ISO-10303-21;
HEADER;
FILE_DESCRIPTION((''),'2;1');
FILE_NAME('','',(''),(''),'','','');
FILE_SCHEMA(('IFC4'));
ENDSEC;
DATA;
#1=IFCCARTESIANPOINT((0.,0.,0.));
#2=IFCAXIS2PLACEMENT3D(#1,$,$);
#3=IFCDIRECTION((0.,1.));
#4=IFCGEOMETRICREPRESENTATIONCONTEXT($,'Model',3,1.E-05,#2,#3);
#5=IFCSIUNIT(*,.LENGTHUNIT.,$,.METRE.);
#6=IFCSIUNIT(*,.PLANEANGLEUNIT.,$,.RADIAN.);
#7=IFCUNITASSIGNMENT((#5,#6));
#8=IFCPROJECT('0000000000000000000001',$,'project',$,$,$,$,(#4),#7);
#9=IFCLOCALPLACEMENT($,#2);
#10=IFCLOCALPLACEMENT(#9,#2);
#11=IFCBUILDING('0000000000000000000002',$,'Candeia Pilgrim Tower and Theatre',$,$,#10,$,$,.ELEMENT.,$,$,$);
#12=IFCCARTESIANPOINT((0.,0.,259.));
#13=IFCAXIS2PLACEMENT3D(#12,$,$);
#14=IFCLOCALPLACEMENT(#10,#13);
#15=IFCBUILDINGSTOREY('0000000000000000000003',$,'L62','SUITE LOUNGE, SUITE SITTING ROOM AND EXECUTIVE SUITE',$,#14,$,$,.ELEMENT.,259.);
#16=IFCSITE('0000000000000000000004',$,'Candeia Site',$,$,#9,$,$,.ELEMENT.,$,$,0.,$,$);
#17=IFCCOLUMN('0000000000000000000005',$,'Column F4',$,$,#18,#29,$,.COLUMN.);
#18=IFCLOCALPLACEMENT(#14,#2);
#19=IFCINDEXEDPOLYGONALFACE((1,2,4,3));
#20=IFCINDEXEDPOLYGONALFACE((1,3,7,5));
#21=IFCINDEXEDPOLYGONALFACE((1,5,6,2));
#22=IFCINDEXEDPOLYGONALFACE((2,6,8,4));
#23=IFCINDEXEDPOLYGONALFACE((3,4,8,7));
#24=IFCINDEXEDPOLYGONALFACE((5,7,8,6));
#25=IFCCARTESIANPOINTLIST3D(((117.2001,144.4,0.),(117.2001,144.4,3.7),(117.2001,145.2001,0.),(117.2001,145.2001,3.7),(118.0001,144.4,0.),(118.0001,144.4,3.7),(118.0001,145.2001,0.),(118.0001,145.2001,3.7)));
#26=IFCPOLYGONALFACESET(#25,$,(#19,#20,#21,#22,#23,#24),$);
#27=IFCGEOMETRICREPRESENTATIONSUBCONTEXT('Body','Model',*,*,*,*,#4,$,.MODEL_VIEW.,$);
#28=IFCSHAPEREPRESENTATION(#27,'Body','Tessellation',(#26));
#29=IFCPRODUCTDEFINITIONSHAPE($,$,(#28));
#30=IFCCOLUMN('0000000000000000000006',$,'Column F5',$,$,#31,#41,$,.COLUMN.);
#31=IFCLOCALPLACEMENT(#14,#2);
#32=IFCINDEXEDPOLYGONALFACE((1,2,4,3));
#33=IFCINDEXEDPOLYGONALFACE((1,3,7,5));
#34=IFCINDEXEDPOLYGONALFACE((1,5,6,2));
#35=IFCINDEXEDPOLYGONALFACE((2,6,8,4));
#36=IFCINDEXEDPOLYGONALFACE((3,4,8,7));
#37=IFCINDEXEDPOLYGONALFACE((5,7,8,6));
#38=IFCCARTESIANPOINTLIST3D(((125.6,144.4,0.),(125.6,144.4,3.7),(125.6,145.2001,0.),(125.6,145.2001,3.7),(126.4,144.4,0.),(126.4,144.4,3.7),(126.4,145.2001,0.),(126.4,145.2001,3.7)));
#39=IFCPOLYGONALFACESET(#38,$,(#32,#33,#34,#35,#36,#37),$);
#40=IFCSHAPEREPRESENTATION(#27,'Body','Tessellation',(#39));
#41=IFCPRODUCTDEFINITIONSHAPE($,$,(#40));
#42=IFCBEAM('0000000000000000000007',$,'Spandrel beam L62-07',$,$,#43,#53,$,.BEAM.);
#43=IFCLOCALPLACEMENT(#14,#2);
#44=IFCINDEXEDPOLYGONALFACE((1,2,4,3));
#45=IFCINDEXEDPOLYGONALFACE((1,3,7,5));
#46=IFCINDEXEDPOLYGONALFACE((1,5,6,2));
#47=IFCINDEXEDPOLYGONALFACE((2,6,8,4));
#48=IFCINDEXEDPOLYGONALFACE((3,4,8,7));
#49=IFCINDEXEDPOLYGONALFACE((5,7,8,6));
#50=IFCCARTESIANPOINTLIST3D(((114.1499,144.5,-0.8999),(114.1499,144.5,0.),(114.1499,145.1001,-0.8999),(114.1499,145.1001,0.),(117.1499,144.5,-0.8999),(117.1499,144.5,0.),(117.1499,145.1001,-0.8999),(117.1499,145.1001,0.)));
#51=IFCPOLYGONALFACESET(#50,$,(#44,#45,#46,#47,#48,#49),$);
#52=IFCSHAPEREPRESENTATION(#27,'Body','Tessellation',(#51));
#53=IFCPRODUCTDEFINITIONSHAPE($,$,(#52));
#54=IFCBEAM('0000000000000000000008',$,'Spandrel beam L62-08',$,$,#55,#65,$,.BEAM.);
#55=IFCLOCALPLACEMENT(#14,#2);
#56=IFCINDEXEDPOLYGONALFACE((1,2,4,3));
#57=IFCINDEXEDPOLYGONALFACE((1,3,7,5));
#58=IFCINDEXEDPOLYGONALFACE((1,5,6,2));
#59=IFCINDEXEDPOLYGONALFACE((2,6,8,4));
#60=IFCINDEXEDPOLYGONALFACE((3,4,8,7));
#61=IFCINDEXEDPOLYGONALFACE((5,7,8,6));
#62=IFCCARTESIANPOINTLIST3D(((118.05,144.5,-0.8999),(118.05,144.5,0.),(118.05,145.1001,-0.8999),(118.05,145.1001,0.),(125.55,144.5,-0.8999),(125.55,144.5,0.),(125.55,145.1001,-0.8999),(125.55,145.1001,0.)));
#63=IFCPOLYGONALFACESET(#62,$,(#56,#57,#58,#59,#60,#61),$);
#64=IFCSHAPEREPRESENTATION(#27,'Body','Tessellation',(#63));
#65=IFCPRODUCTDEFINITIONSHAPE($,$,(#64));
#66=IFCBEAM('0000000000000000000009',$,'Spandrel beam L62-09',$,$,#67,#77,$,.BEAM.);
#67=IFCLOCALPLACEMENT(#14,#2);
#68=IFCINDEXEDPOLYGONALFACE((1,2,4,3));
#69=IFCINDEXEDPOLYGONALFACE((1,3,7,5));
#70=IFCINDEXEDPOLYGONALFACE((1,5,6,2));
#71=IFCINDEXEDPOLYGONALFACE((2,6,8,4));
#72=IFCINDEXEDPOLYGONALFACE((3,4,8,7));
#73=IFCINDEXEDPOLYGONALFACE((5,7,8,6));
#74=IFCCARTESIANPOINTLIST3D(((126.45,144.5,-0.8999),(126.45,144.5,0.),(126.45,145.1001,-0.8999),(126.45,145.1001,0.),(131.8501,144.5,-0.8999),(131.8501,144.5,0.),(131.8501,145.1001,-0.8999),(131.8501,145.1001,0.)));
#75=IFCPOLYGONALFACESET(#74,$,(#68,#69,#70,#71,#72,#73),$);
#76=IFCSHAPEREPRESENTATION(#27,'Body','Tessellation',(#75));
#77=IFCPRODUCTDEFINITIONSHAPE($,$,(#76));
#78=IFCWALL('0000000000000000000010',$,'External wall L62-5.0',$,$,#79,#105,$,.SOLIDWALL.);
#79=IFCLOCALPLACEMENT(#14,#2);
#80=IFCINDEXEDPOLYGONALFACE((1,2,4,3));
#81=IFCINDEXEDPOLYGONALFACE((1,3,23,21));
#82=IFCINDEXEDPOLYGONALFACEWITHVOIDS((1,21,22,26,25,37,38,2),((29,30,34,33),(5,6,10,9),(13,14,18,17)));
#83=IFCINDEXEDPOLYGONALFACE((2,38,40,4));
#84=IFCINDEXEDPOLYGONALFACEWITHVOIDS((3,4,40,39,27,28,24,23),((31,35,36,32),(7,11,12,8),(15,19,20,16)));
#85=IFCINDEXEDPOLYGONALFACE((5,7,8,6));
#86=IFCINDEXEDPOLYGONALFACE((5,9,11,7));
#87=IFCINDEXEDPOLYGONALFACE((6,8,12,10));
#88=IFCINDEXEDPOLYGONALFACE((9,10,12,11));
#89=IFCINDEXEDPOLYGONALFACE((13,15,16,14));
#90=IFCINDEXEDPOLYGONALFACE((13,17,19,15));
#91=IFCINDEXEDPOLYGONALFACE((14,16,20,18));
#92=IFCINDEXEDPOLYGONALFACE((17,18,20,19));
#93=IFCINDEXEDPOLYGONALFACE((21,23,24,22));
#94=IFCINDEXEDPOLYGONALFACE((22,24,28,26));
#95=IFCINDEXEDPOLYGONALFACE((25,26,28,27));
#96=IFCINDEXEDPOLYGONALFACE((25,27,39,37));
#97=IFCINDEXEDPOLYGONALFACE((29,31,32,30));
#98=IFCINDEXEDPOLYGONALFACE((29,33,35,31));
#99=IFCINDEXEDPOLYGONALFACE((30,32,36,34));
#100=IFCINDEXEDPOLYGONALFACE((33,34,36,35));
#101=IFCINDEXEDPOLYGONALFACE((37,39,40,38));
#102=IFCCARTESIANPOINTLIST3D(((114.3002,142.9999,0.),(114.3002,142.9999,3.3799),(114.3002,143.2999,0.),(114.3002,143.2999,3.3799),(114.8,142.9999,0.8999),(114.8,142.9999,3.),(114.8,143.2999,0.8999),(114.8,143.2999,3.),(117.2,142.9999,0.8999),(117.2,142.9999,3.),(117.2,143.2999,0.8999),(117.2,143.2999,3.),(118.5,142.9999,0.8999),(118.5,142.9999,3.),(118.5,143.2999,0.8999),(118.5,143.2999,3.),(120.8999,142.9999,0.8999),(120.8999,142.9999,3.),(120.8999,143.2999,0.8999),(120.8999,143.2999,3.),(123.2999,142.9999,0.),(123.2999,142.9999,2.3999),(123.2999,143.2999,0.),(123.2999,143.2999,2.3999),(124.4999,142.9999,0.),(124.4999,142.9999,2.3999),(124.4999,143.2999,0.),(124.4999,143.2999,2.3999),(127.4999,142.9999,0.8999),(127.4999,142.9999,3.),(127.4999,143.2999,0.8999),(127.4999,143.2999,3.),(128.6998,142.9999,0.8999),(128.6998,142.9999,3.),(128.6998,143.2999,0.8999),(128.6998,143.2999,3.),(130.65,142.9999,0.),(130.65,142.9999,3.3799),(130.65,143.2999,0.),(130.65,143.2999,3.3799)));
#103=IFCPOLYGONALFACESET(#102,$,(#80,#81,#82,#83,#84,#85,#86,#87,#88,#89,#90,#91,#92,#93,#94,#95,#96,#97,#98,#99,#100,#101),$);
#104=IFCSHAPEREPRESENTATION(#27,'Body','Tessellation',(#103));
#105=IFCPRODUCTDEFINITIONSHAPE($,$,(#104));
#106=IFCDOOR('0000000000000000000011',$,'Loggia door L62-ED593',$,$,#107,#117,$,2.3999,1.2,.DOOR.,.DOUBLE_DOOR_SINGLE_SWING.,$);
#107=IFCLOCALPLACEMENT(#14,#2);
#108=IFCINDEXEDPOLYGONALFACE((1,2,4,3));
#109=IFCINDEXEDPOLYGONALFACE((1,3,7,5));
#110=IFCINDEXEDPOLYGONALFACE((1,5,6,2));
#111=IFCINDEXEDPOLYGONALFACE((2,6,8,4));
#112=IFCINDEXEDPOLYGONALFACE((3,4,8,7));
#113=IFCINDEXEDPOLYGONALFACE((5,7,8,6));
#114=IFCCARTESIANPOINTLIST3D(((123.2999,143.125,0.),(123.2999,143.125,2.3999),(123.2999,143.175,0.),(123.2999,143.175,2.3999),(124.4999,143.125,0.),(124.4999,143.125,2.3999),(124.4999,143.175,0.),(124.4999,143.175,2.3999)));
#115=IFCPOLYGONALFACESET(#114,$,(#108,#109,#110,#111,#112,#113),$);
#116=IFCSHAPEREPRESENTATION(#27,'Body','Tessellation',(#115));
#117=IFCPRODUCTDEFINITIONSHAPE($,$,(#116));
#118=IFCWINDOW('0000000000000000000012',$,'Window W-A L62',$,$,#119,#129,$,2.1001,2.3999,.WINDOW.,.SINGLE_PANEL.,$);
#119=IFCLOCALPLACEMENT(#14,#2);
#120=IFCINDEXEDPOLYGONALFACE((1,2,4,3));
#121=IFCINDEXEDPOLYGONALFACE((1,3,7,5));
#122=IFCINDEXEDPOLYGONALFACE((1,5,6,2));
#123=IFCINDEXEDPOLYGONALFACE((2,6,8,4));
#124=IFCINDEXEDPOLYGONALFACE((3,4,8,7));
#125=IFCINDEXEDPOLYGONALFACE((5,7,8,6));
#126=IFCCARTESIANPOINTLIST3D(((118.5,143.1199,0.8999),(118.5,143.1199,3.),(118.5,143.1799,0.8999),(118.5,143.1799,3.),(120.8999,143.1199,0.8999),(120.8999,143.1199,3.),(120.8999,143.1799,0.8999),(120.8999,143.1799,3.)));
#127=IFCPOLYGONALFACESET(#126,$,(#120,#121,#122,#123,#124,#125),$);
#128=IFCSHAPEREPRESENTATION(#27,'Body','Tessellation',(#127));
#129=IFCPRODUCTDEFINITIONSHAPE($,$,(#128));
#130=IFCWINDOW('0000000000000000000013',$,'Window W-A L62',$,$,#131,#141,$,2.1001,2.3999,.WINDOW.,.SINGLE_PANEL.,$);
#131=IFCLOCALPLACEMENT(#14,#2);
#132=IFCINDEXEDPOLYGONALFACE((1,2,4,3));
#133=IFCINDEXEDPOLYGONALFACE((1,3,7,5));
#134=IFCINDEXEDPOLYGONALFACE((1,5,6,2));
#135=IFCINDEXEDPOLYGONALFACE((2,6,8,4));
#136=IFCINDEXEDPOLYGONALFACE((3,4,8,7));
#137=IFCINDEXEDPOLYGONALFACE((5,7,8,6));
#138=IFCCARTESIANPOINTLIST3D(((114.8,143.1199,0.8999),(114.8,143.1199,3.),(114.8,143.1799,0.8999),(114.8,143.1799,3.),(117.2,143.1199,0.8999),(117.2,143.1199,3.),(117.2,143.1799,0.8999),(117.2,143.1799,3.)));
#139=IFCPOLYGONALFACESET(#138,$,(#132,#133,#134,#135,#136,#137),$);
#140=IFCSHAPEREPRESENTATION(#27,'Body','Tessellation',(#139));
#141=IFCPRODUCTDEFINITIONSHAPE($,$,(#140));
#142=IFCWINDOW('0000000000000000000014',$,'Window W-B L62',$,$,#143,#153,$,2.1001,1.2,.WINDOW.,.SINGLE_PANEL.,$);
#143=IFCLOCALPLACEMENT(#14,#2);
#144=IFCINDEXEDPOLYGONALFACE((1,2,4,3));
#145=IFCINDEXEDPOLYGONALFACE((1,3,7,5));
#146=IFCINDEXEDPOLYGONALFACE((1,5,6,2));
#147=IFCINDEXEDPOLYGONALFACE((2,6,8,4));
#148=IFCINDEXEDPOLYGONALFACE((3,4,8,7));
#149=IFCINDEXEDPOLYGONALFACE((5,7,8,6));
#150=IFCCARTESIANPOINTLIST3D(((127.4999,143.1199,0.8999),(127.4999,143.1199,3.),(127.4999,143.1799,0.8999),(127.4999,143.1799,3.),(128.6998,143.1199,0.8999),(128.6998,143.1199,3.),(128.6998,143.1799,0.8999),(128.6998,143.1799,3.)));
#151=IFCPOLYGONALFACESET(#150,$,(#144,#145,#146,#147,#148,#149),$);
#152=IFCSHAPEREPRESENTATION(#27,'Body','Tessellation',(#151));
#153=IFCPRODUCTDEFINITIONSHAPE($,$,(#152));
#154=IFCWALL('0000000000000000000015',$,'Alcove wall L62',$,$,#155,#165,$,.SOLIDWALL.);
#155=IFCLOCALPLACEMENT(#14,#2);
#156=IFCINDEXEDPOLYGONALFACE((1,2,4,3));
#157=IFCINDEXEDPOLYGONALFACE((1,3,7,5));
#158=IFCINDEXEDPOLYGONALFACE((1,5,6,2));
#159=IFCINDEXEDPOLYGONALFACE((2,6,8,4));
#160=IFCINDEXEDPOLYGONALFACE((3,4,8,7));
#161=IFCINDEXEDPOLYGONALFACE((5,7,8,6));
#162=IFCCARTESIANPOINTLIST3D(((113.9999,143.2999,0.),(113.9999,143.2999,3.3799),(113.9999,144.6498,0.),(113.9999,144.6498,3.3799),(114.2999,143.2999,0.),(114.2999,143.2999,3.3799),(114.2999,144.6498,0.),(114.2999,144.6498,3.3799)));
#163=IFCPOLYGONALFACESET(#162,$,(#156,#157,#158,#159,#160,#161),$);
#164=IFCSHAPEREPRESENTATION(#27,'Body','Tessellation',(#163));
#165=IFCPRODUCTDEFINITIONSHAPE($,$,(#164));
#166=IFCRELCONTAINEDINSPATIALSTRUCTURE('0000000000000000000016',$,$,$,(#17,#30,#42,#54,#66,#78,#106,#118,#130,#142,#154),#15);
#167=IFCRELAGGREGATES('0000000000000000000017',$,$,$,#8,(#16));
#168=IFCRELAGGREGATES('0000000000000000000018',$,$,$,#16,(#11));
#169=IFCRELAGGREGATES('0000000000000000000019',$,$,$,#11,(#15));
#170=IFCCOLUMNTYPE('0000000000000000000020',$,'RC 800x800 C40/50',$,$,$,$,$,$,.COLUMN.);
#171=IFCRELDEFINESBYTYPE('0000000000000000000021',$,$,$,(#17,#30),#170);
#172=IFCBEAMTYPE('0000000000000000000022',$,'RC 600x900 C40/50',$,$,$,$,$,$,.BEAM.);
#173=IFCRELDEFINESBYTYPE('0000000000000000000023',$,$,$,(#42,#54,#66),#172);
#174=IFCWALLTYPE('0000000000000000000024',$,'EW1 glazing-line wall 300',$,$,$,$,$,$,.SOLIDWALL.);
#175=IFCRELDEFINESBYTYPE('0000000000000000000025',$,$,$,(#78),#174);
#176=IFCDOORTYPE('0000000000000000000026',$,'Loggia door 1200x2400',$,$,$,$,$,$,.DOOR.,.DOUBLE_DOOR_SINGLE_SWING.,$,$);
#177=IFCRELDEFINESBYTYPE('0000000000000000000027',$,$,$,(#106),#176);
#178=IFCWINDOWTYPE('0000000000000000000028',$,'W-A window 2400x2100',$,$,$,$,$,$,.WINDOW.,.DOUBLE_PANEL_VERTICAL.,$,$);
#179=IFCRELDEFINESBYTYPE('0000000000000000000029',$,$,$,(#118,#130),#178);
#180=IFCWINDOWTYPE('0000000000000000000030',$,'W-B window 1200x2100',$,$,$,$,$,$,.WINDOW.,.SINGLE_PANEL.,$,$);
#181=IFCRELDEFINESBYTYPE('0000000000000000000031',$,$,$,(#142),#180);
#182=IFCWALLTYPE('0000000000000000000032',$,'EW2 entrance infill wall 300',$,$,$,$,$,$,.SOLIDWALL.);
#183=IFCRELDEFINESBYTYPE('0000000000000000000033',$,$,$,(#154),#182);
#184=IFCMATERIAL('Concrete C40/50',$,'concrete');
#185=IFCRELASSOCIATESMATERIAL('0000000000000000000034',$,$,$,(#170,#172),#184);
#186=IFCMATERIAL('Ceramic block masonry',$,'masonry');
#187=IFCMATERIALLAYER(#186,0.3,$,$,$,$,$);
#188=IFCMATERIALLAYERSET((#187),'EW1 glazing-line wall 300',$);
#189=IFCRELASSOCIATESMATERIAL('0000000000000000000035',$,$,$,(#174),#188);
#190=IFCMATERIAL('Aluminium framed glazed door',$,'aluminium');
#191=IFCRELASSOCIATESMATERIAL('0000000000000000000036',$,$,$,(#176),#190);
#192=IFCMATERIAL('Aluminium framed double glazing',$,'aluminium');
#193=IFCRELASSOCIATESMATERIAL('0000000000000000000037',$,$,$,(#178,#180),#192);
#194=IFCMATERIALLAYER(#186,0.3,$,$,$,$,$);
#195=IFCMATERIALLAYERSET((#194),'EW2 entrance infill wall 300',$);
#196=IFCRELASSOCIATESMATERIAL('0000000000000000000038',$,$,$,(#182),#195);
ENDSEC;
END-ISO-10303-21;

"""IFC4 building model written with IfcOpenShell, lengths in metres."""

from ifc_helpers import new_model, si_unit, direction, frame, frame_2d, origin, origin_2d, place, context, subcontext, project, spatial, rectangle, extrude, material, layer, layer_set, material_profile, profile_set, type_object, element, fill, save


model = new_model("IFC4")

# Units and contexts
model_context = context("Model", 3, precision=1e-05, world=origin(), true_north=direction((0.0, 1.0)))
body_context = subcontext(model_context, "Body", "Model", "MODEL_VIEW")
ifc_project = project(units=[si_unit("LENGTHUNIT", "METRE"), si_unit("PLANEANGLEUNIT", "RADIAN")], contexts=[model_context])

# Site, building, storey
site_placement = place(None, origin())
site = spatial("IfcSite", under=ifc_project, at=site_placement, Name="Candeia Site", CompositionType="ELEMENT", RefElevation=0.0)
building_placement = place(site_placement, origin())
building = spatial("IfcBuilding", under=site, at=building_placement, Name="Candeia Pilgrim Tower and Theatre", CompositionType="ELEMENT")
storey_placement = place(building_placement, frame((0.0, 0.0, 259.0)))
storey = spatial("IfcBuildingStorey", under=building, at=storey_placement, Name="L62", Description="SUITE LOUNGE, SUITE SITTING ROOM AND EXECUTIVE SUITE", CompositionType="ELEMENT", Elevation=259.0)

# Columns
ifc_material_1 = material(Name="Concrete C40/50", Category="concrete")
ifc_material_profile_1 = material_profile(ifc_material_1, rectangle(XDim=0.8, YDim=0.8, at=origin_2d()))
ifc_profile_set_1 = profile_set([ifc_material_profile_1], Name="Concrete C40/50")
column_type = type_object("IfcColumnType", Name="RC 800x800 C40/50", PredefinedType="COLUMN", material=ifc_profile_set_1)
for number, where, z_axis, x_axis, name in (
    (1, (117.6001, 144.8, 0.0), (0.0, 0.0, 1.0), (1.0, 0.0, 0.0), "Column F4"),
    (2, (126.0, 144.8, 0.0), (0.0, 0.0, 1.0), (1.0, 0.0, 0.0), "Column F5"),
):
    element("IfcColumn", number, at=place(storey_placement, frame(where, z_axis=z_axis, x_axis=x_axis)), inside=storey, type_object=column_type, Name=name, PredefinedType="COLUMN", context=body_context, shape_type="SweptSolid", body=[
        extrude(rectangle(XDim=0.8, YDim=0.8, at=origin_2d()), origin(), (0.0, 0.0, 1.0), 3.7),
    ])

# Beams
ifc_material_profile_2 = material_profile(ifc_material_1, rectangle(XDim=0.6001, YDim=0.8999, at=origin_2d()))
ifc_profile_set_2 = profile_set([ifc_material_profile_2], Name="Concrete C40/50")
beam_type = type_object("IfcBeamType", Name="RC 600x900 C40/50", PredefinedType="BEAM", material=ifc_profile_set_2)
beam_1_placement = place(storey_placement, frame((114.1499, 144.8, -0.45), z_axis=(1.0, 0.0, 0.0), x_axis=(0.0, 1.0, 0.0)))
element("IfcBeam", 3, at=beam_1_placement, inside=storey, type_object=beam_type, Name="Spandrel beam L62-07", PredefinedType="BEAM", context=body_context, shape_type="SweptSolid", body=[
    extrude(rectangle(XDim=0.6001, YDim=0.8999, at=origin_2d()), origin(), (0.0, 0.0, 1.0), 3.0),
])
beam_2_placement = place(storey_placement, frame((118.05, 144.8, -0.45), z_axis=(1.0, 0.0, 0.0), x_axis=(0.0, 1.0, 0.0)))
element("IfcBeam", 4, at=beam_2_placement, inside=storey, type_object=beam_type, Name="Spandrel beam L62-08", PredefinedType="BEAM", context=body_context, shape_type="SweptSolid", body=[
    extrude(rectangle(XDim=0.6001, YDim=0.8999, at=origin_2d()), origin(), (0.0, 0.0, 1.0), 7.5),
])
beam_3_placement = place(storey_placement, frame((126.45, 144.8, -0.45), z_axis=(1.0, 0.0, 0.0), x_axis=(0.0, 1.0, 0.0)))
element("IfcBeam", 5, at=beam_3_placement, inside=storey, type_object=beam_type, Name="Spandrel beam L62-09", PredefinedType="BEAM", context=body_context, shape_type="SweptSolid", body=[
    extrude(rectangle(XDim=0.6001, YDim=0.8999, at=origin_2d()), origin(), (0.0, 0.0, 1.0), 5.4001),
])

# Shared definitions
ifc_material_2 = material(Name="Ceramic block masonry", Category="masonry")
ifc_layer_1 = layer(ifc_material_2, 0.3)
ifc_layer_set_1 = layer_set([ifc_layer_1], Name="EW1 glazing-line wall 300")
wall_type_1 = type_object("IfcWallType", Name="EW1 glazing-line wall 300", PredefinedType="SOLIDWALL", material=ifc_layer_set_1)
ifc_material_3 = material(Name="Aluminium framed glazed door", Category="aluminium")
door_type_1 = type_object("IfcDoorType", Name="Loggia door 1200x2400", OperationType="DOUBLE_DOOR_SINGLE_SWING", PredefinedType="DOOR", material=ifc_material_3)

# Wall, openings, door, windows
wall_1_placement = place(storey_placement, frame((130.6499, 143.1499, 0.0), z_axis=(0.0, 0.0, 1.0), x_axis=(-1.0, 0.0, 0.0)))
wall_1 = element("IfcWall", 6, at=wall_1_placement, inside=storey, type_object=wall_type_1, Name="External wall L62-5.0", PredefinedType="SOLIDWALL", context=body_context, shape_type="SweptSolid", body=[
    extrude(rectangle(XDim=16.3499, YDim=0.3, at=frame_2d((8.1748, 0.0))), origin(), (0.0, 0.0, 1.0), 3.3799),
])
opening_1_placement = place(wall_1_placement, frame((1.95, 0.0, 0.8999)))
opening_1 = element("IfcOpeningElement", 7, at=opening_1_placement, cuts=wall_1, PredefinedType="OPENING", context=body_context, shape_type="SweptSolid", body=[
    extrude(rectangle(XDim=1.2, YDim=2.1001, at=frame_2d((0.6001, 1.05))), frame((0.0, 0.1602, 0.0), z_axis=(0.0, -1.0, 0.0), x_axis=(1.0, 0.0, 0.0)), (0.0, 0.0, 1.0), 0.3201),
])
opening_2_placement = place(wall_1_placement, frame((6.1499, 0.0, 0.0)))
opening_2 = element("IfcOpeningElement", 8, at=opening_2_placement, cuts=wall_1, PredefinedType="OPENING", context=body_context, shape_type="SweptSolid", body=[
    extrude(rectangle(XDim=1.2, YDim=2.3999, at=frame_2d((0.6001, 1.2))), frame((0.0, 0.1602, 0.0), z_axis=(0.0, -1.0, 0.0), x_axis=(1.0, 0.0, 0.0)), (0.0, 0.0, 1.0), 0.3201),
])
opening_3_placement = place(wall_1_placement, frame((9.75, 0.0, 0.8999)))
opening_3 = element("IfcOpeningElement", 9, at=opening_3_placement, cuts=wall_1, PredefinedType="OPENING", context=body_context, shape_type="SweptSolid", body=[
    extrude(rectangle(XDim=2.3999, YDim=2.1001, at=frame_2d((1.2, 1.05))), frame((0.0, 0.1602, 0.0), z_axis=(0.0, -1.0, 0.0), x_axis=(1.0, 0.0, 0.0)), (0.0, 0.0, 1.0), 0.3201),
])
opening_4_placement = place(wall_1_placement, frame((13.45, 0.0, 0.8999)))
opening_4 = element("IfcOpeningElement", 10, at=opening_4_placement, cuts=wall_1, PredefinedType="OPENING", context=body_context, shape_type="SweptSolid", body=[
    extrude(rectangle(XDim=2.3999, YDim=2.1001, at=frame_2d((1.2, 1.05))), frame((0.0, 0.1602, 0.0), z_axis=(0.0, -1.0, 0.0), x_axis=(1.0, 0.0, 0.0)), (0.0, 0.0, 1.0), 0.3201),
])
door_1_placement = place(opening_2_placement, origin())
door_1 = element("IfcDoor", 11, at=door_1_placement, inside=storey, type_object=door_type_1, Name="Loggia door L62-ED593", OperationType="DOUBLE_DOOR_SINGLE_SWING", OverallHeight=2.3999, OverallWidth=1.2, PredefinedType="DOOR", context=body_context, shape_type="SweptSolid", body=[
    extrude(rectangle(XDim=1.2, YDim=2.3999, at=frame_2d((0.6001, 1.2))), frame((0.0, 0.0249, 0.0), z_axis=(0.0, -1.0, 0.0), x_axis=(1.0, 0.0, 0.0)), (0.0, 0.0, 1.0), 0.05),
])
fill(opening_2, door_1)
ifc_material_4 = material(Name="Aluminium framed double glazing", Category="aluminium")
window_type_1 = type_object("IfcWindowType", Name="W-A window 2400x2100", PartitioningType="DOUBLE_PANEL_VERTICAL", PredefinedType="WINDOW", material=ifc_material_4)
window_1_placement = place(opening_3_placement, origin())
window_1 = element("IfcWindow", 12, at=window_1_placement, inside=storey, type_object=window_type_1, Name="Window W-A L62", OverallHeight=2.1001, OverallWidth=2.3999, PartitioningType="SINGLE_PANEL", PredefinedType="WINDOW", context=body_context, shape_type="SweptSolid", body=[
    extrude(rectangle(XDim=2.3999, YDim=2.1001, at=frame_2d((1.2, 1.05))), frame((0.0, 0.03, 0.0), z_axis=(0.0, -1.0, 0.0), x_axis=(1.0, 0.0, 0.0)), (0.0, 0.0, 1.0), 0.0601),
])
fill(opening_3, window_1)
window_2_placement = place(opening_4_placement, origin())
window_2 = element("IfcWindow", 13, at=window_2_placement, inside=storey, type_object=window_type_1, Name="Window W-A L62", OverallHeight=2.1001, OverallWidth=2.3999, PartitioningType="SINGLE_PANEL", PredefinedType="WINDOW", context=body_context, shape_type="SweptSolid", body=[
    extrude(rectangle(XDim=2.3999, YDim=2.1001, at=frame_2d((1.2, 1.05))), frame((0.0, 0.03, 0.0), z_axis=(0.0, -1.0, 0.0), x_axis=(1.0, 0.0, 0.0)), (0.0, 0.0, 1.0), 0.0601),
])
fill(opening_4, window_2)
window_type_2 = type_object("IfcWindowType", Name="W-B window 1200x2100", PartitioningType="SINGLE_PANEL", PredefinedType="WINDOW", material=ifc_material_4)
window_3_placement = place(opening_1_placement, origin())
window_3 = element("IfcWindow", 14, at=window_3_placement, inside=storey, type_object=window_type_2, Name="Window W-B L62", OverallHeight=2.1001, OverallWidth=1.2, PartitioningType="SINGLE_PANEL", PredefinedType="WINDOW", context=body_context, shape_type="SweptSolid", body=[
    extrude(rectangle(XDim=1.2, YDim=2.1001, at=frame_2d((0.6001, 1.05))), frame((0.0, 0.03, 0.0), z_axis=(0.0, -1.0, 0.0), x_axis=(1.0, 0.0, 0.0)), (0.0, 0.0, 1.0), 0.0601),
])
fill(opening_1, window_3)

# Wall
ifc_layer_2 = layer(ifc_material_2, 0.3)
ifc_layer_set_2 = layer_set([ifc_layer_2], Name="EW2 entrance infill wall 300")
wall_type_2 = type_object("IfcWallType", Name="EW2 entrance infill wall 300", PredefinedType="SOLIDWALL", material=ifc_layer_set_2)
wall_2_placement = place(storey_placement, frame((114.1499, 143.3, 0.0), z_axis=(0.0, 0.0, 1.0), x_axis=(0.0, 1.0, 0.0)))
element("IfcWall", 15, at=wall_2_placement, inside=storey, type_object=wall_type_2, Name="Alcove wall L62", PredefinedType="SOLIDWALL", context=body_context, shape_type="SweptSolid", body=[
    extrude(rectangle(XDim=1.3499, YDim=0.3, at=frame_2d((0.6748, 0.0))), origin(), (0.0, 0.0, 1.0), 3.3799),
])

save(model, "model.ifc")
